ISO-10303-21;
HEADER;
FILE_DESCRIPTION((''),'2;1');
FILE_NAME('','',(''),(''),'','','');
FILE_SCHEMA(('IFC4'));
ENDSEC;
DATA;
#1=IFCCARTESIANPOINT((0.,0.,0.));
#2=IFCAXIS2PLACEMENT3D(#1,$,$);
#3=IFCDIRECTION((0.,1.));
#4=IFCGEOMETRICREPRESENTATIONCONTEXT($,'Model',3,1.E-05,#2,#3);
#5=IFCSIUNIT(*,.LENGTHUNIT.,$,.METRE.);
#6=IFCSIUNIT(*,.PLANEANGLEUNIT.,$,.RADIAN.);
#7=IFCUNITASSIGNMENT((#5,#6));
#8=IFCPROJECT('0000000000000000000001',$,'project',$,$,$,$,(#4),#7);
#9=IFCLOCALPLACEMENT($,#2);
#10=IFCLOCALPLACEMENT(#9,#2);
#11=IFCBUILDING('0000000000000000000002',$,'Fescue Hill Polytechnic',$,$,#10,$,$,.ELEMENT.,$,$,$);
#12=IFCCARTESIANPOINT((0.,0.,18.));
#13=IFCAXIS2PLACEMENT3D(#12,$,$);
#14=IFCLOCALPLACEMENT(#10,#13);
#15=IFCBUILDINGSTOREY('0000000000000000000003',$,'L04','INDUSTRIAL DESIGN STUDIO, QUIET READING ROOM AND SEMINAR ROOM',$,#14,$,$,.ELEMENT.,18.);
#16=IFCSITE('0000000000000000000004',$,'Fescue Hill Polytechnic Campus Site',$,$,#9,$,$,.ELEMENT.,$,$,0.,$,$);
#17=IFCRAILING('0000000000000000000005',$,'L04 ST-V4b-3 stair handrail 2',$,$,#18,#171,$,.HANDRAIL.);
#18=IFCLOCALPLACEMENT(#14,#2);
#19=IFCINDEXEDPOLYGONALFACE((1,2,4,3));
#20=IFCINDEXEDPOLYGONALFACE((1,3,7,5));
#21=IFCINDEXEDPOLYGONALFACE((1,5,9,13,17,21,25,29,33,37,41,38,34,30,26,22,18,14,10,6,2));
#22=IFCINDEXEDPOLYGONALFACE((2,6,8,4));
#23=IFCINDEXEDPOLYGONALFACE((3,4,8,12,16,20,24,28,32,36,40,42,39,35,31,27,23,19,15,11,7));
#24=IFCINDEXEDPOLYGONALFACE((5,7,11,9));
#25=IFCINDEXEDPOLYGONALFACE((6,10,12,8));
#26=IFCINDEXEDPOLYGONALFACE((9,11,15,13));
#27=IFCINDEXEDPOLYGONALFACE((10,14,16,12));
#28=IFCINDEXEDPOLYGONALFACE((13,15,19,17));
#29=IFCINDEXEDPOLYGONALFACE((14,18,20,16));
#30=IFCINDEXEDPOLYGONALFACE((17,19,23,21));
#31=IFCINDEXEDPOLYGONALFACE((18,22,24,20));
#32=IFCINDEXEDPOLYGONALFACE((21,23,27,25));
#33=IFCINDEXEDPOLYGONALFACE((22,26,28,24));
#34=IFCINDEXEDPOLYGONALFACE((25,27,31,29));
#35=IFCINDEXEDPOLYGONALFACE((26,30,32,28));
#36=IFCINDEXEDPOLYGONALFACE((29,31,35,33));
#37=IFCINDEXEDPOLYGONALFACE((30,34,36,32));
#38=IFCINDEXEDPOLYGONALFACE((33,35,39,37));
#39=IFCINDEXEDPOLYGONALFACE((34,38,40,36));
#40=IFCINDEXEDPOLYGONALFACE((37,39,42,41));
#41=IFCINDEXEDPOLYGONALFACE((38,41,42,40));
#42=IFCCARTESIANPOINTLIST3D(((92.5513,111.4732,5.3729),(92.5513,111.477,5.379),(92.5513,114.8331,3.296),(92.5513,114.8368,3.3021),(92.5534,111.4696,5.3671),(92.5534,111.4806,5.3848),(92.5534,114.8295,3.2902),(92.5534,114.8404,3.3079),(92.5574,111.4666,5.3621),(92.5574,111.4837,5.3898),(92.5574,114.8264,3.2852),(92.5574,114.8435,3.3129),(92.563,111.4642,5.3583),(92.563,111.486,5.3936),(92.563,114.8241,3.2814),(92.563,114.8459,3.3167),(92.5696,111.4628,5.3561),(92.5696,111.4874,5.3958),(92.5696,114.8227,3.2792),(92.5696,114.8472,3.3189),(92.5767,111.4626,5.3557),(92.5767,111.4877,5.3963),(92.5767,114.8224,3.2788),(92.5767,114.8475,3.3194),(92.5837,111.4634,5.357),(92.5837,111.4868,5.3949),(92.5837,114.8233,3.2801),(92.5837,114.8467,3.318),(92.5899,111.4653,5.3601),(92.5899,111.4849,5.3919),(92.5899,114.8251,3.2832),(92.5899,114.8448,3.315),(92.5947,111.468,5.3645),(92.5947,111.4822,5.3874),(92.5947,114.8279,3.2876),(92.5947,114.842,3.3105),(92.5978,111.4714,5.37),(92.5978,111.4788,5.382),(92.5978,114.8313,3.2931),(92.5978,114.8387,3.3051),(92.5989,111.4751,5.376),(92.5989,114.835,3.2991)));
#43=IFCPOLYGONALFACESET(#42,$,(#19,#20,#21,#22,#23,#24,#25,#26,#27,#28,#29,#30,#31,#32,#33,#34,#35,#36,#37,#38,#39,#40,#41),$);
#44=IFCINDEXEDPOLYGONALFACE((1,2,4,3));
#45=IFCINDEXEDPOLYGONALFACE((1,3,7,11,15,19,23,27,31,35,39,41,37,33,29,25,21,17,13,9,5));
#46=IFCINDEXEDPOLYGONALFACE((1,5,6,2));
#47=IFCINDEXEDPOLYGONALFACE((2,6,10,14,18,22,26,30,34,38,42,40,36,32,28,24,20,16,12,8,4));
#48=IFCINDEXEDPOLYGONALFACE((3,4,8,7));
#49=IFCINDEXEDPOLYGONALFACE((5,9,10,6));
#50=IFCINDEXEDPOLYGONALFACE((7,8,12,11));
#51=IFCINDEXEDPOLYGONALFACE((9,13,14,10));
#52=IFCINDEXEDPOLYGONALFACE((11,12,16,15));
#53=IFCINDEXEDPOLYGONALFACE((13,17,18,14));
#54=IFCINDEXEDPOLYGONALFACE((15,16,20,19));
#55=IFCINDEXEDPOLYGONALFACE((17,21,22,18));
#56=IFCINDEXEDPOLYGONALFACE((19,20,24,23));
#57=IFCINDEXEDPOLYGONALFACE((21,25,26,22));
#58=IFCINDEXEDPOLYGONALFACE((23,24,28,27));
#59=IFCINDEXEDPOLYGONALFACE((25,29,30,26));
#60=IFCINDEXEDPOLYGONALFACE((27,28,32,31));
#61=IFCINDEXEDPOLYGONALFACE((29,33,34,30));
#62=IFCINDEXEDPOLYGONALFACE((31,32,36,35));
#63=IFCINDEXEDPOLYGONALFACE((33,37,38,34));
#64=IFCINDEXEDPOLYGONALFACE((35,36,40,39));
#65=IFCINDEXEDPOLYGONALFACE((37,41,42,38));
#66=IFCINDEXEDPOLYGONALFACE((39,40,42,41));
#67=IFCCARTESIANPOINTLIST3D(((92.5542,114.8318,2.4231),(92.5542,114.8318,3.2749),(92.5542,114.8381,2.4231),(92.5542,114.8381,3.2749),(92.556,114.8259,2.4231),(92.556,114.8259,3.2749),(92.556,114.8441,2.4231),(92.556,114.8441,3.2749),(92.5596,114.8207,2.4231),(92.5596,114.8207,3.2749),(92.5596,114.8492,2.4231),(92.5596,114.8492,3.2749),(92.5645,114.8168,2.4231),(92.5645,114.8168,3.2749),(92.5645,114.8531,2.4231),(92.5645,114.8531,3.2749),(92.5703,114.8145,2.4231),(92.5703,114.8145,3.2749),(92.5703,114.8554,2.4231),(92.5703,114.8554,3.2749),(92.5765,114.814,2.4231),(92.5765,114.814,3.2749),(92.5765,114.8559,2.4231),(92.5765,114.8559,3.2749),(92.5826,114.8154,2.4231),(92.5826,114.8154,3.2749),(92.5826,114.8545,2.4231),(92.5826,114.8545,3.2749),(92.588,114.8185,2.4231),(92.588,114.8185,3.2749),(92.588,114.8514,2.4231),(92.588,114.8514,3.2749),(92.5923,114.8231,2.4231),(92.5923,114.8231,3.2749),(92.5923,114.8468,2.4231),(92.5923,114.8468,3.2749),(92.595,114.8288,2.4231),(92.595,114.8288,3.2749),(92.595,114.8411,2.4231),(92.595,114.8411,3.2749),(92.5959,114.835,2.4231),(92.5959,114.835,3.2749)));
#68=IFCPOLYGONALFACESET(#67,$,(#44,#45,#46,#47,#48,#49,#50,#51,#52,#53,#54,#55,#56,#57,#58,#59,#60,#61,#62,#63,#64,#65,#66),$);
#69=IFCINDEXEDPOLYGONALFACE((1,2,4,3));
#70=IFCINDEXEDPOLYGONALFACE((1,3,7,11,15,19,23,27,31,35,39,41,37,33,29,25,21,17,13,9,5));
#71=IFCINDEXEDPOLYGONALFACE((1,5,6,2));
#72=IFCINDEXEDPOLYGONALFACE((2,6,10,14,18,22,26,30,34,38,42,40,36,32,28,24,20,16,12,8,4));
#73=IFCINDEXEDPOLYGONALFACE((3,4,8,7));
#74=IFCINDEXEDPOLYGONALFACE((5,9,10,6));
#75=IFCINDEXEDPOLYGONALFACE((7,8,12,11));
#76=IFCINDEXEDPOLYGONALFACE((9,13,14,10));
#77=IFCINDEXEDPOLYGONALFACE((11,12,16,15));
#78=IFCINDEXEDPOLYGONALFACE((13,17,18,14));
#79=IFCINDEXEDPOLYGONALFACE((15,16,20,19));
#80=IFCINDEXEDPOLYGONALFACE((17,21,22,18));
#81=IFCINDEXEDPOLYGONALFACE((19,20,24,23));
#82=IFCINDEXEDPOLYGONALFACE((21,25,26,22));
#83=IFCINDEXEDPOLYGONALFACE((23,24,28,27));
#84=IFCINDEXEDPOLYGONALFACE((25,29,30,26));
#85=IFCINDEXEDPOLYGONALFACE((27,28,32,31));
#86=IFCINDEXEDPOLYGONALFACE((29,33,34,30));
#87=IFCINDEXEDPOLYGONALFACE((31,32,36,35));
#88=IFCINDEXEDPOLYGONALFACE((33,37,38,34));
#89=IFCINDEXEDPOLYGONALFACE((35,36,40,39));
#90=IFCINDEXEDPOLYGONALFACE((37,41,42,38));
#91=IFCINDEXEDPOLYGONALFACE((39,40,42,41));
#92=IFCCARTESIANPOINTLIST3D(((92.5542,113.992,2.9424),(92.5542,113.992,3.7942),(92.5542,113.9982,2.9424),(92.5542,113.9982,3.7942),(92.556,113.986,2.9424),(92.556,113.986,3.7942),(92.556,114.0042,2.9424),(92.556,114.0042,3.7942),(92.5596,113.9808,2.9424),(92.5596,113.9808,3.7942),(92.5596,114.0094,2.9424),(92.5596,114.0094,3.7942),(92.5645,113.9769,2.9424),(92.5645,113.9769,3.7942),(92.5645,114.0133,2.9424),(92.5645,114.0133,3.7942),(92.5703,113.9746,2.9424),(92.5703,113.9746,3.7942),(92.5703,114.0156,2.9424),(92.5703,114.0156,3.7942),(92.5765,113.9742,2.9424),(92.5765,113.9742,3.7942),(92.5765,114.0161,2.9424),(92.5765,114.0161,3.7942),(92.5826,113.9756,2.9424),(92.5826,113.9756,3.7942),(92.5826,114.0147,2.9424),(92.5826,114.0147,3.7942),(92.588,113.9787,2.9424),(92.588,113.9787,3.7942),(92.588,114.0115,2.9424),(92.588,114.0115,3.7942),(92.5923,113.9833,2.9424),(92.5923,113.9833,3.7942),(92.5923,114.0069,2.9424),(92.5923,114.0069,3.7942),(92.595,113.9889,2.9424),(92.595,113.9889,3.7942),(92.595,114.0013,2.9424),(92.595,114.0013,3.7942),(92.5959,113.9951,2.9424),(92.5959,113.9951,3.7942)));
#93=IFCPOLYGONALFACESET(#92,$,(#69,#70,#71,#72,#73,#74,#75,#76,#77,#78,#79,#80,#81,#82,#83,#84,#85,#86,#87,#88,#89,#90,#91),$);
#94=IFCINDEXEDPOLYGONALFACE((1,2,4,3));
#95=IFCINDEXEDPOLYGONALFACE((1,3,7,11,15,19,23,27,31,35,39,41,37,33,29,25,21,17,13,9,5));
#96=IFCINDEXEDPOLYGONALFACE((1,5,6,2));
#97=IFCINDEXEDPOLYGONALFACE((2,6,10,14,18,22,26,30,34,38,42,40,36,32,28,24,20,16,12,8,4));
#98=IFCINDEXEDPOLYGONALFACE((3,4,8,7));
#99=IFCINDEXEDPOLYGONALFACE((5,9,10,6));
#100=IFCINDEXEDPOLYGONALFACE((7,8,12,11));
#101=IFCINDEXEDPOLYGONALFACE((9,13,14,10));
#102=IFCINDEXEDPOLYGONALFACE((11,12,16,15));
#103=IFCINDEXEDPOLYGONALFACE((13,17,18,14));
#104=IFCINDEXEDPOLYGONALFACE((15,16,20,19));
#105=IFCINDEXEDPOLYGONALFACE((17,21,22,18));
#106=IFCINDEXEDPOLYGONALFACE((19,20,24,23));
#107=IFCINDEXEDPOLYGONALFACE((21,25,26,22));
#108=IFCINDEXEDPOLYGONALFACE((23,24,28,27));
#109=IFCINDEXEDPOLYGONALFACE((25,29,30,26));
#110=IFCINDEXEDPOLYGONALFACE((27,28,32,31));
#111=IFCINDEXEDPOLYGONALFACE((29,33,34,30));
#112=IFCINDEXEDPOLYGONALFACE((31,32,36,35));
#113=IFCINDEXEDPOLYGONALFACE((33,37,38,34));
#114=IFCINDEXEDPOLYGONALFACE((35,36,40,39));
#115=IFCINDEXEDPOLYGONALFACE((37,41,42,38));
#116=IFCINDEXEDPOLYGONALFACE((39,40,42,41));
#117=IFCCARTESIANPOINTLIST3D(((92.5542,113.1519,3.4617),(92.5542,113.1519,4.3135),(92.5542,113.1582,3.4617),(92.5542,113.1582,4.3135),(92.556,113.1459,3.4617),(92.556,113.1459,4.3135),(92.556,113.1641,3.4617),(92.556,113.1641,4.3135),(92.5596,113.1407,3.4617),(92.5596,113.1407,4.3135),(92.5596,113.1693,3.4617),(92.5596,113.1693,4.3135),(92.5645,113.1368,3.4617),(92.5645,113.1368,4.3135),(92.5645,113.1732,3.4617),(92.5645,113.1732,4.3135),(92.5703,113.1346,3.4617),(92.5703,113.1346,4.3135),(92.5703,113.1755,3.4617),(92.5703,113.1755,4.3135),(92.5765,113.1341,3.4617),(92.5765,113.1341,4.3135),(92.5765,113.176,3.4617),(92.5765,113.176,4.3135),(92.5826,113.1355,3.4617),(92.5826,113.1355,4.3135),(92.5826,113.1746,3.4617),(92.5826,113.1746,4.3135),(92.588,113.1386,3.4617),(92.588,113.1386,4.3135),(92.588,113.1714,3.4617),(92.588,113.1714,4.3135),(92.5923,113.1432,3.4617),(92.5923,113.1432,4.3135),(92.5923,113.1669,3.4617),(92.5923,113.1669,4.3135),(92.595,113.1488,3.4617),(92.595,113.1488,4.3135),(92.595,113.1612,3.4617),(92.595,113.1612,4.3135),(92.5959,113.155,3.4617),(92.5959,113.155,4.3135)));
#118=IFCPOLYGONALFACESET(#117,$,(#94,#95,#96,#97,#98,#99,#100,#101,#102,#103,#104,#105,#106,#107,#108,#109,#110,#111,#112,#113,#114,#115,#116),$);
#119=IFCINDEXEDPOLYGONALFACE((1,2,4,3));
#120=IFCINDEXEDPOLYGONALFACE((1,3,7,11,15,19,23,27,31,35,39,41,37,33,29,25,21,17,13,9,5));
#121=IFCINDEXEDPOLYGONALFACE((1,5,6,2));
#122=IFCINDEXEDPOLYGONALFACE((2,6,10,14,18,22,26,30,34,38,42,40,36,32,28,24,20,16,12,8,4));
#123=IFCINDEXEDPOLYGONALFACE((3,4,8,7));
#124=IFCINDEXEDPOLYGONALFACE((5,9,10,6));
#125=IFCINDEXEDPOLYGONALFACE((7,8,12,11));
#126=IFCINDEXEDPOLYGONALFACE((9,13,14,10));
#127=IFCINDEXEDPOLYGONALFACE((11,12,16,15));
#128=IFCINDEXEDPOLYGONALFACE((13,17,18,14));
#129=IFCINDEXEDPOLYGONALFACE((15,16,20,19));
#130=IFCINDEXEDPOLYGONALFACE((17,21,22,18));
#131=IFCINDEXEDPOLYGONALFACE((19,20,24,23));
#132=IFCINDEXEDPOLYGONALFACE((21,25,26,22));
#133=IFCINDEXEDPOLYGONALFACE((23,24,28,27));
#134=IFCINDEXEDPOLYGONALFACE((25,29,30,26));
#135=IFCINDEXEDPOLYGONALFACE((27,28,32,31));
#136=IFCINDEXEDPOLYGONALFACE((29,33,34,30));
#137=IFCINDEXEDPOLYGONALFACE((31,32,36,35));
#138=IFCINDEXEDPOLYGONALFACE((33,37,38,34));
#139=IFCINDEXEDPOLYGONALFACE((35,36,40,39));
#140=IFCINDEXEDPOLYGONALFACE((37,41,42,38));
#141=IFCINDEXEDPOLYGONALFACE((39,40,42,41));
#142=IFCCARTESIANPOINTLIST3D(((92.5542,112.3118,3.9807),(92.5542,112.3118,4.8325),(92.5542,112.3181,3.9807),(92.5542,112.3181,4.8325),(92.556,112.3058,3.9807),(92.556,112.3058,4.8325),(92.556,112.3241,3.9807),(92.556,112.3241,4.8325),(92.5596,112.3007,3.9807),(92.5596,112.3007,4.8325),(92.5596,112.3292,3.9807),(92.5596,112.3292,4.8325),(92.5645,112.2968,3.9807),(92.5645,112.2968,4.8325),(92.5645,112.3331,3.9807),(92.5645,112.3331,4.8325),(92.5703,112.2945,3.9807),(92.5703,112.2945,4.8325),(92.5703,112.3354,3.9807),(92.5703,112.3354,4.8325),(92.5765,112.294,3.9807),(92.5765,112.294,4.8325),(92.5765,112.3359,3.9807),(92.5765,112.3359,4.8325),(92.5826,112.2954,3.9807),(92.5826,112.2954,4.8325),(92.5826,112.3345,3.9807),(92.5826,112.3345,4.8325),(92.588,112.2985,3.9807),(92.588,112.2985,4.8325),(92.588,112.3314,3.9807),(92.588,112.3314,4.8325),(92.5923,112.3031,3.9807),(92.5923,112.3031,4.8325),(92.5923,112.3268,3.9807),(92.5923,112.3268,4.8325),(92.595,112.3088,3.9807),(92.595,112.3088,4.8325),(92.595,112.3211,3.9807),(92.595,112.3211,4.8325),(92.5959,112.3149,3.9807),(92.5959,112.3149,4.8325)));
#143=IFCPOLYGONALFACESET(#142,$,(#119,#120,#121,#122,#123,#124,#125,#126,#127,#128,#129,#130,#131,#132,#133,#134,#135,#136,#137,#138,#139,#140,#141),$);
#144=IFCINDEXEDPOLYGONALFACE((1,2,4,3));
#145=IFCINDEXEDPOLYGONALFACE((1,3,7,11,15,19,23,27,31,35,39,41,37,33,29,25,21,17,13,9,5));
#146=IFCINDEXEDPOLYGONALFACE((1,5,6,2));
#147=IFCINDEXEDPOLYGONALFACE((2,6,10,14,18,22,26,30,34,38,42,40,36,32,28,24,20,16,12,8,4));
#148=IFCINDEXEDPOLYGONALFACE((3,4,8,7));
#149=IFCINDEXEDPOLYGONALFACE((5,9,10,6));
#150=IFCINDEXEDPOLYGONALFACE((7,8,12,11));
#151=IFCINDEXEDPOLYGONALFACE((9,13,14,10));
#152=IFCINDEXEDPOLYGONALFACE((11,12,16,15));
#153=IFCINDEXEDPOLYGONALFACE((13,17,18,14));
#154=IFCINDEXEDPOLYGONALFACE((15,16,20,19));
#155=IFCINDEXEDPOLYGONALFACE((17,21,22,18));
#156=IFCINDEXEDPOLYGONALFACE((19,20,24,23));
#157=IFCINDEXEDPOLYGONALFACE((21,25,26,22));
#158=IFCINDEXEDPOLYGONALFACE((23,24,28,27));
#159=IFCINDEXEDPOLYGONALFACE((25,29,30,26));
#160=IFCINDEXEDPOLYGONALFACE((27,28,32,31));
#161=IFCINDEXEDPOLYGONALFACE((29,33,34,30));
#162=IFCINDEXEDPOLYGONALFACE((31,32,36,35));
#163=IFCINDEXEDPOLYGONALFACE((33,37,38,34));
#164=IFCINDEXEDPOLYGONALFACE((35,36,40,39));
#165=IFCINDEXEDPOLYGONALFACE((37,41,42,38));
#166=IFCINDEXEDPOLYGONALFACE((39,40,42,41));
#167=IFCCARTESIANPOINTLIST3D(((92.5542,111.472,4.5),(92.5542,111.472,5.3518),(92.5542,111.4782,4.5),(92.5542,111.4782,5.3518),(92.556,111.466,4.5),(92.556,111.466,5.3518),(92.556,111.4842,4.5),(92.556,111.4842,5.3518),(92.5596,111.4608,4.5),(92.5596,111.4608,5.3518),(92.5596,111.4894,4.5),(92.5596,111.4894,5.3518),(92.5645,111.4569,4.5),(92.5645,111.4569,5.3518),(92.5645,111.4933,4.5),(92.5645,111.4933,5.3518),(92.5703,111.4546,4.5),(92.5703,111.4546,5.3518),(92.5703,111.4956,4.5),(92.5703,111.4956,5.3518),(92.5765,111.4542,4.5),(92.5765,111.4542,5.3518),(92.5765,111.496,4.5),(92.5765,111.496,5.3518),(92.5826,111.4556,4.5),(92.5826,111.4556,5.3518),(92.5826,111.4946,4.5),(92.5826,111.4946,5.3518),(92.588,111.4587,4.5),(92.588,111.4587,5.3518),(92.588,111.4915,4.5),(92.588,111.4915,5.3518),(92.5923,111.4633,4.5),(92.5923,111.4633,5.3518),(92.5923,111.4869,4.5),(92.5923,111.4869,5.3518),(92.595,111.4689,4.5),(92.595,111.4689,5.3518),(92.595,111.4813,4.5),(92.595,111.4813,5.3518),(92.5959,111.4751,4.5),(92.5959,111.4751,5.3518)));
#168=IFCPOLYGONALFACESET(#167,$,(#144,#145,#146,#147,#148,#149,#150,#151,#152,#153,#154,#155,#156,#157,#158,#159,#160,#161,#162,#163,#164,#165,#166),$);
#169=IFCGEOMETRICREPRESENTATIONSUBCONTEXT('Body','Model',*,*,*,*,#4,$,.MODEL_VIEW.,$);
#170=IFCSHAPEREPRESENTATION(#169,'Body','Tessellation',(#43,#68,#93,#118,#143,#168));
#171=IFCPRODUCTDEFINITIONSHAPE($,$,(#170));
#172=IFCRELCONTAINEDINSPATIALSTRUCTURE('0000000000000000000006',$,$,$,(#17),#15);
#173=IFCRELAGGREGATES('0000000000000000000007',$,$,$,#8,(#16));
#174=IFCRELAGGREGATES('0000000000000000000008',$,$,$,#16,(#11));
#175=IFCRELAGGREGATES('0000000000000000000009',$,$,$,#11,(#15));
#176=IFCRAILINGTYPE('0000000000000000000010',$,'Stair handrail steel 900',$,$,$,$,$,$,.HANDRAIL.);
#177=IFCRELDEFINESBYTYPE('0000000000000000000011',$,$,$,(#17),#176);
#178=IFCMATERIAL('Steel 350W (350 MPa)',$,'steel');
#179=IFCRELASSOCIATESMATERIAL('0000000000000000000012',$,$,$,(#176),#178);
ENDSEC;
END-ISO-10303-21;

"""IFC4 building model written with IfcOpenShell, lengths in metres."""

from ifc_helpers import new_model, si_unit, direction, frame, origin, origin_2d, place, context, subcontext, project, spatial, circle, extrude, material, type_object, element, save


model = new_model("IFC4")

# Units and contexts
model_context = context("Model", 3, precision=1e-05, world=origin(), true_north=direction((0.0, 1.0)))
body_context = subcontext(model_context, "Body", "Model", "MODEL_VIEW")
ifc_project = project(units=[si_unit("LENGTHUNIT", "METRE"), si_unit("PLANEANGLEUNIT", "RADIAN")], contexts=[model_context])

# Site, building, storey
site_placement = place(None, origin())
site = spatial("IfcSite", under=ifc_project, at=site_placement, Name="Fescue Hill Polytechnic Campus Site", CompositionType="ELEMENT", RefElevation=0.0)
building_placement = place(site_placement, origin())
building = spatial("IfcBuilding", under=site, at=building_placement, Name="Fescue Hill Polytechnic", CompositionType="ELEMENT")
storey_placement = place(building_placement, frame((0.0, 0.0, 18.0)))
storey = spatial("IfcBuildingStorey", under=building, at=storey_placement, Name="L04", Description="INDUSTRIAL DESIGN STUDIO, QUIET READING ROOM AND SEMINAR ROOM", CompositionType="ELEMENT", Elevation=18.0)

# Railing
ifc_material_1 = material(Name="Steel 350W (350 MPa)", Category="steel")
railing_type_1 = type_object("IfcRailingType", Name="Stair handrail steel 900", PredefinedType="HANDRAIL", material=ifc_material_1)
for number, where, name in (
    (1, (92.575, 114.835, 2.4231), "L04 ST-V4b-3 stair handrail 2"),
):
    element("IfcRailing", number, at=place(storey_placement, frame(where)), inside=storey, type_object=railing_type_1, Name=name, PredefinedType="HANDRAIL", context=body_context, shape_type="SweptSolid", body=[
        extrude(circle(Radius=0.0239, at=origin_2d()), frame((0.0, 0.0, 0.876), z_axis=(0.0, -0.850606, 0.525803), x_axis=(1.0, 0.0, 0.0)), (0.0, 0.0, 1.0), 3.95),
        extrude(circle(Radius=0.021, at=origin_2d()), origin(), (0.0, 0.0, 1.0), 0.8518),
        extrude(circle(Radius=0.021, at=origin_2d()), frame((0.0, -0.8398, 0.5193)), (0.0, 0.0, 1.0), 0.8518),
        extrude(circle(Radius=0.021, at=origin_2d()), frame((0.0, -1.6799, 1.0386)), (0.0, 0.0, 1.0), 0.8518),
        extrude(circle(Radius=0.021, at=origin_2d()), frame((0.0, -2.52, 1.5576)), (0.0, 0.0, 1.0), 0.8518),
        extrude(circle(Radius=0.021, at=origin_2d()), frame((0.0, -3.3599, 2.0769)), (0.0, 0.0, 1.0), 0.8518),
    ])

save(model, "model.ifc")
